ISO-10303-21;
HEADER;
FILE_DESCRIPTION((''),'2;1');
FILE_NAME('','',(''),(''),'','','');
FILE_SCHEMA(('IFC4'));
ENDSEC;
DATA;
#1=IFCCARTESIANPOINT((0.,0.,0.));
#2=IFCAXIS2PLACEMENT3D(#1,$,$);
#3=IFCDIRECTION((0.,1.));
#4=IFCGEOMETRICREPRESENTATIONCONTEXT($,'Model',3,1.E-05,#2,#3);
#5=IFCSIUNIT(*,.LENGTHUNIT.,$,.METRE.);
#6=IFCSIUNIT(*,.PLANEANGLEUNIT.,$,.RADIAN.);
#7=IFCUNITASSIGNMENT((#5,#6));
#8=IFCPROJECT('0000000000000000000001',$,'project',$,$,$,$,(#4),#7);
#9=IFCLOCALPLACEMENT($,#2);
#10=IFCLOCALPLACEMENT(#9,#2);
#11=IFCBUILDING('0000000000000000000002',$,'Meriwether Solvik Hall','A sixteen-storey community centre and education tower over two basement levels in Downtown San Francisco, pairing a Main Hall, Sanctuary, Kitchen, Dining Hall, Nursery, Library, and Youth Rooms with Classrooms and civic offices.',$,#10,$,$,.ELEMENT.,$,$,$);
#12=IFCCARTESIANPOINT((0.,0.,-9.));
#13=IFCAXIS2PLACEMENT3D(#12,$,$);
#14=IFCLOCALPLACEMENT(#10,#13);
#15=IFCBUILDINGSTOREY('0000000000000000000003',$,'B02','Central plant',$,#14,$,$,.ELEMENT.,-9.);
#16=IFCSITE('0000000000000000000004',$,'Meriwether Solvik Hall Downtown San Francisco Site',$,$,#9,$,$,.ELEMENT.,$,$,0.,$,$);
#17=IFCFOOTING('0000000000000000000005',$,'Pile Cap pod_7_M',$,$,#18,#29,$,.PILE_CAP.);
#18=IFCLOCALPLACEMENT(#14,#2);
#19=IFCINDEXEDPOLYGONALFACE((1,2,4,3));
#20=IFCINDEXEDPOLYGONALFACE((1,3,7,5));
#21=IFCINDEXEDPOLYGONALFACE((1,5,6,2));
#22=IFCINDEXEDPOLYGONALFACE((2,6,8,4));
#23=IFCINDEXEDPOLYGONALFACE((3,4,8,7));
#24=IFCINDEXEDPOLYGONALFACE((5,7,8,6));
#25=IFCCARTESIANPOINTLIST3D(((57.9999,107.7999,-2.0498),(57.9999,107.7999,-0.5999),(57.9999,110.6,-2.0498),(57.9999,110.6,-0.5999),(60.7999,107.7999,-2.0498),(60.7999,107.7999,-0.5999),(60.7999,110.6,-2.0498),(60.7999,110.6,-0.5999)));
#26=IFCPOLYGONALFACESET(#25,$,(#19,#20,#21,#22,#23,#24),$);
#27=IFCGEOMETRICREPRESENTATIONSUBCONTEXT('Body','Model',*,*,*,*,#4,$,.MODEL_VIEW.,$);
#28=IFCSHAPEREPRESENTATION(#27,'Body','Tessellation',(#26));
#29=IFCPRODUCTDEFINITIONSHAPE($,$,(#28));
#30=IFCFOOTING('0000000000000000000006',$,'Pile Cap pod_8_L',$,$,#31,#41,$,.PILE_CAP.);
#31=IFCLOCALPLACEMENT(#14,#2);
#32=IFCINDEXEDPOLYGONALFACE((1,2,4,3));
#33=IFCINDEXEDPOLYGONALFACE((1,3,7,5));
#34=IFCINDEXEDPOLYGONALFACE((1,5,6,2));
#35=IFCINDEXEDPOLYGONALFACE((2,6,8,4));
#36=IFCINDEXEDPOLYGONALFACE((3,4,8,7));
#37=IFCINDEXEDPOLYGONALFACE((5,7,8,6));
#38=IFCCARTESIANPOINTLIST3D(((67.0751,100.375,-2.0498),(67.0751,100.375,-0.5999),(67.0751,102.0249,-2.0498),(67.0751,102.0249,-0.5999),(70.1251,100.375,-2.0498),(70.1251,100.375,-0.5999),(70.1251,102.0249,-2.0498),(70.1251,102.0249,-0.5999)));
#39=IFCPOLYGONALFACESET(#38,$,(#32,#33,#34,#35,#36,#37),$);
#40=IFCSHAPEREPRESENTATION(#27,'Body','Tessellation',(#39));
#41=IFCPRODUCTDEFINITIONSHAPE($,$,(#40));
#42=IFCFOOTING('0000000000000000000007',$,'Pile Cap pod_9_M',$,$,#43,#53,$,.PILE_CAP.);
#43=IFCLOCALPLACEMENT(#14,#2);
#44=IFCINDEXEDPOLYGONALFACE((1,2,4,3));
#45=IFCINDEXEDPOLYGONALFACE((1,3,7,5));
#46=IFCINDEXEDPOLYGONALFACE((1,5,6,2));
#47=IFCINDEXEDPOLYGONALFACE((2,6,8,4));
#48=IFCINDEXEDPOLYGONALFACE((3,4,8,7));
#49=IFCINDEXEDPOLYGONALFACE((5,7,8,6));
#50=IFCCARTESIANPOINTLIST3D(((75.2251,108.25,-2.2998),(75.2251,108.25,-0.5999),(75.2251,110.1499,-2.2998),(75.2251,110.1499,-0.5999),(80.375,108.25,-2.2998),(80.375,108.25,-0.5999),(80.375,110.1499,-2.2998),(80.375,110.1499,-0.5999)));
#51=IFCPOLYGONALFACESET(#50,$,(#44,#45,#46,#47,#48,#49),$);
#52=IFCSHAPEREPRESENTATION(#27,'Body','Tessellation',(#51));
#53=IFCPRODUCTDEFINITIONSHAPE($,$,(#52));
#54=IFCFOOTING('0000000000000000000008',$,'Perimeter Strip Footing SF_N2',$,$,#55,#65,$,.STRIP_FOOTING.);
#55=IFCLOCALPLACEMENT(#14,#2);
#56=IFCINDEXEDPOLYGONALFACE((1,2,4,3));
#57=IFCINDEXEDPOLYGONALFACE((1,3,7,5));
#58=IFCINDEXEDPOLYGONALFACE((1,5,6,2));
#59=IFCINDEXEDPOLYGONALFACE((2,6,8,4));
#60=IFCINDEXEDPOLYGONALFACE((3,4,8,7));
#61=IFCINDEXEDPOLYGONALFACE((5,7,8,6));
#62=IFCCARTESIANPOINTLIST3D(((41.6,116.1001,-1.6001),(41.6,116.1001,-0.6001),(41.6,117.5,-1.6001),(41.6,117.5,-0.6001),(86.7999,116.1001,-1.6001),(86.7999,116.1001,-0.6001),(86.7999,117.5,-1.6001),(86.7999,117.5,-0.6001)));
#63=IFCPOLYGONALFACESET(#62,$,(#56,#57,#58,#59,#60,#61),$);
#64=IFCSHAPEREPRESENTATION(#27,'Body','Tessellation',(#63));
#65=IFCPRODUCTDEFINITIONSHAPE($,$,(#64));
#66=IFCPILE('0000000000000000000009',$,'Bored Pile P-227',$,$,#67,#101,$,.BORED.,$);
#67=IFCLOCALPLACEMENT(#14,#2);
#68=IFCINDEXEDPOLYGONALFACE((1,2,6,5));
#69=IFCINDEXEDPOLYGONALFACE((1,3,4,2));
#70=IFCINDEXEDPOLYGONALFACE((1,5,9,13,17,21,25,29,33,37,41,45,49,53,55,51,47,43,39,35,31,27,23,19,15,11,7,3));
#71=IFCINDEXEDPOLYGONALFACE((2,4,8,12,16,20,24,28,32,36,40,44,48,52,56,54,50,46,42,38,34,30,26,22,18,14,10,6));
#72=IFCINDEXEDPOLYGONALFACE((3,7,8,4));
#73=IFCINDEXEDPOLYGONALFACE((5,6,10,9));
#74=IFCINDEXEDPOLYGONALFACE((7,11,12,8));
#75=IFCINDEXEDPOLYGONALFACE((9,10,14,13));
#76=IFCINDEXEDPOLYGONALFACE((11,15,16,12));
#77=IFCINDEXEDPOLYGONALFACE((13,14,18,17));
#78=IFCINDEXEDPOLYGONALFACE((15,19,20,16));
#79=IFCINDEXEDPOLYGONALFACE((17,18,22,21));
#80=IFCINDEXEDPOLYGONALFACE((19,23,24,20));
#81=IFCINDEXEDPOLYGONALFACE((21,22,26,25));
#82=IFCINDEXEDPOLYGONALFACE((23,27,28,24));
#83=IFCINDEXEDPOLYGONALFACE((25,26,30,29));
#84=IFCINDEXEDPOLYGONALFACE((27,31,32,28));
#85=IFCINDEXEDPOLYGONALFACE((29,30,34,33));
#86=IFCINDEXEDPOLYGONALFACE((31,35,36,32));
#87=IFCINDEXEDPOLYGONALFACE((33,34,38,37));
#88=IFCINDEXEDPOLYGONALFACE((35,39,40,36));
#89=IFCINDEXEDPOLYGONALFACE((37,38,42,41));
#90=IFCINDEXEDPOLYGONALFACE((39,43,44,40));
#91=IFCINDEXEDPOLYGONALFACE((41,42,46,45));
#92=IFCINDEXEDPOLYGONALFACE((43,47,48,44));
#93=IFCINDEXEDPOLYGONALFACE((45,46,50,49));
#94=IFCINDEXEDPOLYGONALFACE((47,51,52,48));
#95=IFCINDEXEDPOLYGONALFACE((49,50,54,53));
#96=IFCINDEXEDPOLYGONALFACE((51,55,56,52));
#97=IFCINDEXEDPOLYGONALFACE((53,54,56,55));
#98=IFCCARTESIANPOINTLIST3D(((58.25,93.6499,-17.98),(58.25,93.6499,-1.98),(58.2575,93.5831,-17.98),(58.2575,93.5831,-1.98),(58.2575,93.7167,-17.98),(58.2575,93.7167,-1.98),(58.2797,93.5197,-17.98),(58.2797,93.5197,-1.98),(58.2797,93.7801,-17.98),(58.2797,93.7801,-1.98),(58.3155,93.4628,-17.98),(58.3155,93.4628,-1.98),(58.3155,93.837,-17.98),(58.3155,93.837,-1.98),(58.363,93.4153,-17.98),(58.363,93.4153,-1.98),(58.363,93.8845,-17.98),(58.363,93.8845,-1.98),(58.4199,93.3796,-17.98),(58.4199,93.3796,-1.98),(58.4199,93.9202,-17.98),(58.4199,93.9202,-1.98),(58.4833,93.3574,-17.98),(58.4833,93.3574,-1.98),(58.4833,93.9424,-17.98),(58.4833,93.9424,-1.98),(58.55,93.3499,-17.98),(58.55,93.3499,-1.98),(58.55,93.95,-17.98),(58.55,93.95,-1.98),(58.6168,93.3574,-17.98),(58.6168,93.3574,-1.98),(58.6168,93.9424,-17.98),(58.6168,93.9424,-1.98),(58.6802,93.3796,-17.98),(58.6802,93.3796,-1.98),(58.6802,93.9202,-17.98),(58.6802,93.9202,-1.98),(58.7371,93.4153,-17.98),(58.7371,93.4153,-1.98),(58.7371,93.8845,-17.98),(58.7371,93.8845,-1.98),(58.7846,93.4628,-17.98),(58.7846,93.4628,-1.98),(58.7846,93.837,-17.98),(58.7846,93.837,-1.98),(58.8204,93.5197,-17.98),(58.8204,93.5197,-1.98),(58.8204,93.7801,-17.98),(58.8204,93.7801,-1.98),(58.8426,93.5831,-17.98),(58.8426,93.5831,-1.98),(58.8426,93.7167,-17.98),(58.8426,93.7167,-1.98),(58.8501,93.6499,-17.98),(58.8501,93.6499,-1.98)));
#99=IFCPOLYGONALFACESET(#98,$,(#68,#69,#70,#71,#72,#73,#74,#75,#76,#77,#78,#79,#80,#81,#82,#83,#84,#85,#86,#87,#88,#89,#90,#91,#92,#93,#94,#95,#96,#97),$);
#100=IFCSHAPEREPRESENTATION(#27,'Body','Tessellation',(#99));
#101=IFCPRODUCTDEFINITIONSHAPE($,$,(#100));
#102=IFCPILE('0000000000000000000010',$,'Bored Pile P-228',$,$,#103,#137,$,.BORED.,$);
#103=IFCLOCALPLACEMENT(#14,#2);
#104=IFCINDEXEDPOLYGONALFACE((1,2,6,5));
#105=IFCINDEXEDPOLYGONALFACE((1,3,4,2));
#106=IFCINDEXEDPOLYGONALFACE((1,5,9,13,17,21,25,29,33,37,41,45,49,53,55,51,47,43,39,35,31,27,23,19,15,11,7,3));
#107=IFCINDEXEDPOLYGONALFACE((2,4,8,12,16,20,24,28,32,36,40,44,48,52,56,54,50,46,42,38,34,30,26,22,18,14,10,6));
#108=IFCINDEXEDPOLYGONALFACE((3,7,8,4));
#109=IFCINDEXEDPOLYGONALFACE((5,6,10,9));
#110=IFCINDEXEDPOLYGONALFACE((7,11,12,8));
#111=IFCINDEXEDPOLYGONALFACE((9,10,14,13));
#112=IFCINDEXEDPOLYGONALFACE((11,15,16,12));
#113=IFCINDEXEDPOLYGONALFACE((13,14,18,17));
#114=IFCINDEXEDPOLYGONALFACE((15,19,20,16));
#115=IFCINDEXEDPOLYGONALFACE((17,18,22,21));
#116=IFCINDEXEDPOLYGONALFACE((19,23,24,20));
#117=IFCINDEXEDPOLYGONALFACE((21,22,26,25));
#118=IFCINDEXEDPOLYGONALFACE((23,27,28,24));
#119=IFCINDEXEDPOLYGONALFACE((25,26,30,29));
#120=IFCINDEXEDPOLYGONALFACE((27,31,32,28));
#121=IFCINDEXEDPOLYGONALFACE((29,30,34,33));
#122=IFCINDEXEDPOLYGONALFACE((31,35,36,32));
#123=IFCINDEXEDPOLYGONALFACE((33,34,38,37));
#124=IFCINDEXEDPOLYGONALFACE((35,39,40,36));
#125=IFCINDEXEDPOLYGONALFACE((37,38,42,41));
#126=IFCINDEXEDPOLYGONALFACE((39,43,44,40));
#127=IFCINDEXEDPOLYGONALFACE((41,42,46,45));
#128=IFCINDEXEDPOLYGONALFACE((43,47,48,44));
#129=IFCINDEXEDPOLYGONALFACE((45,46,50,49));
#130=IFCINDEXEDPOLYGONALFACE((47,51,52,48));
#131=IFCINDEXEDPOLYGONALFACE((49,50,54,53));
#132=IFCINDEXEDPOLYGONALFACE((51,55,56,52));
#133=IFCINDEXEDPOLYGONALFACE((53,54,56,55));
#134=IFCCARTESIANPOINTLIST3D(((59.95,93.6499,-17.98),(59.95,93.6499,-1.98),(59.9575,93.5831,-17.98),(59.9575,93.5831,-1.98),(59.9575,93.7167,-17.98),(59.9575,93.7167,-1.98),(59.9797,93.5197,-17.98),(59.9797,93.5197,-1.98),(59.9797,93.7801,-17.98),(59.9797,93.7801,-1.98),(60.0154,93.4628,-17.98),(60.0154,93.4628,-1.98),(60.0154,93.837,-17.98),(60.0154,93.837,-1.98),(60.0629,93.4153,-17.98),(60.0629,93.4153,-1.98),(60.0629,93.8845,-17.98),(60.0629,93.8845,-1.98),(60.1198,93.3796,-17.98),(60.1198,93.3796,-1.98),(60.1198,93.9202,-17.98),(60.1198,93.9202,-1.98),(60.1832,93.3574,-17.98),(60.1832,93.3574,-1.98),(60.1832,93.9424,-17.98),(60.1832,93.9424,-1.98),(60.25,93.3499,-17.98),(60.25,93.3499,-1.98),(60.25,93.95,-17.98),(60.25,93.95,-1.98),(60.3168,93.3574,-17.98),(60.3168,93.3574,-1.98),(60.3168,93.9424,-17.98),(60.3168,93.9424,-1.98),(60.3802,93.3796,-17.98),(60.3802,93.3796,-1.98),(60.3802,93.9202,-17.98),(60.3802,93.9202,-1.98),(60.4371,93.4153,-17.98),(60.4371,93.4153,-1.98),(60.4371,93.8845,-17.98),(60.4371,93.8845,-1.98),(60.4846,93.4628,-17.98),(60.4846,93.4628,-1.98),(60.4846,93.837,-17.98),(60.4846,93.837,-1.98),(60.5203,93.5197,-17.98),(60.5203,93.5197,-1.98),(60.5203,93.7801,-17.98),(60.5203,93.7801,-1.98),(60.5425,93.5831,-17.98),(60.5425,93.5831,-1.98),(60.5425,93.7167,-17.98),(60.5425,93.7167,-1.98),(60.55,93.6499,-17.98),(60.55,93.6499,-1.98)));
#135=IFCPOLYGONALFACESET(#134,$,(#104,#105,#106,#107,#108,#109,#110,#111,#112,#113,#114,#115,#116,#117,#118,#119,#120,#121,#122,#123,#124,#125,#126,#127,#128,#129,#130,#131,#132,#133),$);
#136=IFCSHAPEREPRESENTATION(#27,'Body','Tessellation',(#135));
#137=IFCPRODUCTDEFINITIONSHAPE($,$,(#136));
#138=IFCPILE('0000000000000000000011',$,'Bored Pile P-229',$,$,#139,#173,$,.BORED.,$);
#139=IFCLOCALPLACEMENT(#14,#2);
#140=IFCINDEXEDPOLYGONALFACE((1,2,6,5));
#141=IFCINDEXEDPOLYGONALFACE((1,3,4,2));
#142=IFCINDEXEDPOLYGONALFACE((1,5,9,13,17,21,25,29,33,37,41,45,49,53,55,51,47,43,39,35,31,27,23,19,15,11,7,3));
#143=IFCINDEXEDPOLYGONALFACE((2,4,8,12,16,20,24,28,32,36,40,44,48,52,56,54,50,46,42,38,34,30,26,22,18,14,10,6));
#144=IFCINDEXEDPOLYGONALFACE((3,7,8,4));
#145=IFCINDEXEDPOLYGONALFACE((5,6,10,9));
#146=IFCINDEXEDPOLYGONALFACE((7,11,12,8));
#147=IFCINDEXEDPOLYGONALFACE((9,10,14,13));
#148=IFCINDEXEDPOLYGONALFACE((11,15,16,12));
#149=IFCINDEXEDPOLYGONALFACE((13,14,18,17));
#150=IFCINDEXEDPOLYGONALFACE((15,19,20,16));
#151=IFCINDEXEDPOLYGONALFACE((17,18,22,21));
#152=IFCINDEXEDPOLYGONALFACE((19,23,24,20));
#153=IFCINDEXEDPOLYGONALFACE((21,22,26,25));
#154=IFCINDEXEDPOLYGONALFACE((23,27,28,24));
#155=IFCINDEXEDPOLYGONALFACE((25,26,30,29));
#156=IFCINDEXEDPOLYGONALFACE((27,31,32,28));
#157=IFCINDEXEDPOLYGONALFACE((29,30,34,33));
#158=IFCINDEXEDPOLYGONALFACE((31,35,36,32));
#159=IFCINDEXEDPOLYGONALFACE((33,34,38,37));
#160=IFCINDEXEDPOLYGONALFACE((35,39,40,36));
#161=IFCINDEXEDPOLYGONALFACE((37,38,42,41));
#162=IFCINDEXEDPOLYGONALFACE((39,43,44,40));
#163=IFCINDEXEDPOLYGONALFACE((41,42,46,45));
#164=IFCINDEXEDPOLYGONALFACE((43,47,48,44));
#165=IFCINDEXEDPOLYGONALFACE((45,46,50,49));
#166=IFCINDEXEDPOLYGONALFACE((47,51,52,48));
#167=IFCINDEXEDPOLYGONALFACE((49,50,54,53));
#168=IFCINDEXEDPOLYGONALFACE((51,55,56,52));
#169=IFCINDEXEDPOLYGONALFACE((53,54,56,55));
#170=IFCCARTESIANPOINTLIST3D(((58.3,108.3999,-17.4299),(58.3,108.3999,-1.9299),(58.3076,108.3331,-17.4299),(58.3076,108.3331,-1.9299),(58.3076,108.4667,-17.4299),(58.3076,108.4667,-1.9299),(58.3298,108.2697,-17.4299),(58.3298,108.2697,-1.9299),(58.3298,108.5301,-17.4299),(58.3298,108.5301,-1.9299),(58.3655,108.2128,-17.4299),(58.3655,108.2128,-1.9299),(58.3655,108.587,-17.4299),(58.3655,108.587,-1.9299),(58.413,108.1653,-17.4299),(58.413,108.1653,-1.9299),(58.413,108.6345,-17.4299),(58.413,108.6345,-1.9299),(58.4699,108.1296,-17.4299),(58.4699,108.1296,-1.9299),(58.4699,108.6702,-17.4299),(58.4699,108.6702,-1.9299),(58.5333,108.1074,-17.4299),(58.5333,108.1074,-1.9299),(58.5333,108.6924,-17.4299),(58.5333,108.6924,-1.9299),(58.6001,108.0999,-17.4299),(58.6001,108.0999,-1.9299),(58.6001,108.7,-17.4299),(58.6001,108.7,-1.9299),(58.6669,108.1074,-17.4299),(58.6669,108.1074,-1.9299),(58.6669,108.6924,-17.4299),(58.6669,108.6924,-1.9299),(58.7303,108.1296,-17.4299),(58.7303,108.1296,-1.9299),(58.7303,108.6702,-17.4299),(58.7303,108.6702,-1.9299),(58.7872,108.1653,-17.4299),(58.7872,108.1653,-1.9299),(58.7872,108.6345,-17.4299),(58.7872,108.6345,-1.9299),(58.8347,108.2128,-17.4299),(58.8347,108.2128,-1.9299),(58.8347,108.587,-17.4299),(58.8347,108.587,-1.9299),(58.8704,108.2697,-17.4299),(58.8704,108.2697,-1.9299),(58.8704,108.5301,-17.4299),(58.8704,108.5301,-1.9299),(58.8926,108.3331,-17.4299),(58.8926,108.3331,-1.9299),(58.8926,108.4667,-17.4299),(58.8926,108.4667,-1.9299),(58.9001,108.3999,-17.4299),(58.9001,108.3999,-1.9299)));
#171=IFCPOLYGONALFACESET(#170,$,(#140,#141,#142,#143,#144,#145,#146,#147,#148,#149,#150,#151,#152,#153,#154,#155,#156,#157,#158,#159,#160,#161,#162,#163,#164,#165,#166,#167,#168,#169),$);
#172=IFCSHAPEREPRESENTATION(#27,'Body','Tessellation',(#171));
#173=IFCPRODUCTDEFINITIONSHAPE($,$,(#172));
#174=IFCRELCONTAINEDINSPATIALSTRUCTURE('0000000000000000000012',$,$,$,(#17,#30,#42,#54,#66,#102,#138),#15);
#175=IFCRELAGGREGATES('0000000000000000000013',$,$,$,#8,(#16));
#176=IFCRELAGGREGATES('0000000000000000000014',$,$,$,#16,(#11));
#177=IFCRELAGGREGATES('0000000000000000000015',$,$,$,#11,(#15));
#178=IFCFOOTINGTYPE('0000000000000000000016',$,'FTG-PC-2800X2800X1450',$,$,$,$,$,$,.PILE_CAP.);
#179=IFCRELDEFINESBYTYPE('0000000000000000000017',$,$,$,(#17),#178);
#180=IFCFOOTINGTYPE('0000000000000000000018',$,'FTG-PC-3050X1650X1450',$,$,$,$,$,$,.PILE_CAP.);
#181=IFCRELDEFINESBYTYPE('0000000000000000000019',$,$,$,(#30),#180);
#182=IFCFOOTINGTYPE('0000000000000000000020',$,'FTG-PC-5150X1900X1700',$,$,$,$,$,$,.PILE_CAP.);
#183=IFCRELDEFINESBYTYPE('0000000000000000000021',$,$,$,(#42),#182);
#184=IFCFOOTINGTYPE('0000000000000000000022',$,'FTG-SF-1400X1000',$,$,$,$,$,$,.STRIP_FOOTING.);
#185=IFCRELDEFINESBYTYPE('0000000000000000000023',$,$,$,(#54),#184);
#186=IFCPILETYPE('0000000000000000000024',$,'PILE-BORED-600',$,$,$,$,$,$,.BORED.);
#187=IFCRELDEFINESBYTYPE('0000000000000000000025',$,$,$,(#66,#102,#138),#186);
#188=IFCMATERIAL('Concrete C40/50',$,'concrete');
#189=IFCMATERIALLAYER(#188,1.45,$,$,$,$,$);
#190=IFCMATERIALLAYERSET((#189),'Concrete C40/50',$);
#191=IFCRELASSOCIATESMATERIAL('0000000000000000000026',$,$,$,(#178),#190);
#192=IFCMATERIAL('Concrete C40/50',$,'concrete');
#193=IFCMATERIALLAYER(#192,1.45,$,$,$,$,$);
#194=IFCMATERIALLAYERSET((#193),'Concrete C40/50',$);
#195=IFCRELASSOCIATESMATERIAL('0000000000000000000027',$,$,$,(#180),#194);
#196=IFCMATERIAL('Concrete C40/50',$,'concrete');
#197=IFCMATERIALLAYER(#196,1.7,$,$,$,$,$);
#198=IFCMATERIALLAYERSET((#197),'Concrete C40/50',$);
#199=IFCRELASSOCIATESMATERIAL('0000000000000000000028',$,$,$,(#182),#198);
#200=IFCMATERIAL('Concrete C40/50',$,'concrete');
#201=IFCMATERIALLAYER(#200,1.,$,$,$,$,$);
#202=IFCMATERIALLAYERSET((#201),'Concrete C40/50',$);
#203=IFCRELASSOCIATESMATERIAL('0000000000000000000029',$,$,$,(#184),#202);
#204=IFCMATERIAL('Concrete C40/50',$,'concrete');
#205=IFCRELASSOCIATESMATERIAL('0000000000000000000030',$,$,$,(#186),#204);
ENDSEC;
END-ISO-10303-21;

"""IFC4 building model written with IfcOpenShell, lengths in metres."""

from ifc_helpers import new_model, si_unit, direction, frame, origin, origin_2d, place, context, subcontext, project, spatial, rectangle, circle, extrude, material, layer, layer_set, material_profile, profile_set, type_object, element, save


model = new_model("IFC4")

# Units and contexts
model_context = context("Model", 3, precision=1e-05, world=origin(), true_north=direction((0.0, 1.0)))
body_context = subcontext(model_context, "Body", "Model", "MODEL_VIEW")
ifc_project = project(units=[si_unit("LENGTHUNIT", "METRE"), si_unit("PLANEANGLEUNIT", "RADIAN")], contexts=[model_context])

# Site, building, storey
site_placement = place(None, origin())
site = spatial("IfcSite", under=ifc_project, at=site_placement, Name="Meriwether Solvik Hall Downtown San Francisco Site", CompositionType="ELEMENT", RefElevation=0.0)
building_placement = place(site_placement, origin())
building = spatial("IfcBuilding", under=site, at=building_placement, Name="Meriwether Solvik Hall", Description="A sixteen-storey community centre and education tower over two basement levels in Downtown San Francisco, pairing a Main Hall, Sanctuary, Kitchen, Dining Hall, Nursery, Library, and Youth Rooms with Classrooms and civic offices.", CompositionType="ELEMENT")
storey_placement = place(building_placement, frame((0.0, 0.0, -9.0)))
storey = spatial("IfcBuildingStorey", under=building, at=storey_placement, Name="B02", Description="Central plant", CompositionType="ELEMENT", Elevation=-9.0)

# Footings
ifc_material_1 = material(Name="Concrete C40/50", Category="concrete")
ifc_layer_1 = layer(ifc_material_1, 1.45)
ifc_layer_set_1 = layer_set([ifc_layer_1], Name="Concrete C40/50")
footing_type_1 = type_object("IfcFootingType", Name="FTG-PC-2800X2800X1450", PredefinedType="PILE_CAP", material=ifc_layer_set_1)
footing_1_placement = place(storey_placement, frame((59.3999, 109.2, -2.0498), z_axis=(0.0, 0.0, 1.0), x_axis=(1.0, 0.0, 0.0)))
element("IfcFooting", 1, at=footing_1_placement, inside=storey, type_object=footing_type_1, Name="Pile Cap pod_7_M", PredefinedType="PILE_CAP", context=body_context, shape_type="SweptSolid", body=[
    extrude(rectangle(XDim=2.8, YDim=2.8, at=origin_2d()), origin(), (0.0, 0.0, 1.0), 1.45),
])
ifc_material_2 = material(Name="Concrete C40/50", Category="concrete")
ifc_layer_2 = layer(ifc_material_2, 1.45)
ifc_layer_set_2 = layer_set([ifc_layer_2], Name="Concrete C40/50")
footing_type_2 = type_object("IfcFootingType", Name="FTG-PC-3050X1650X1450", PredefinedType="PILE_CAP", material=ifc_layer_set_2)
footing_2_placement = place(storey_placement, frame((68.6001, 101.2, -2.0498), z_axis=(0.0, 0.0, 1.0), x_axis=(1.0, 0.0, 0.0)))
element("IfcFooting", 2, at=footing_2_placement, inside=storey, type_object=footing_type_2, Name="Pile Cap pod_8_L", PredefinedType="PILE_CAP", context=body_context, shape_type="SweptSolid", body=[
    extrude(rectangle(XDim=3.05, YDim=1.6499, at=origin_2d()), origin(), (0.0, 0.0, 1.0), 1.45),
])
ifc_material_3 = material(Name="Concrete C40/50", Category="concrete")
ifc_layer_3 = layer(ifc_material_3, 1.7)
ifc_layer_set_3 = layer_set([ifc_layer_3], Name="Concrete C40/50")
footing_type_3 = type_object("IfcFootingType", Name="FTG-PC-5150X1900X1700", PredefinedType="PILE_CAP", material=ifc_layer_set_3)
footing_3_placement = place(storey_placement, frame((77.8, 109.2, -2.2998), z_axis=(0.0, 0.0, 1.0), x_axis=(1.0, 0.0, 0.0)))
element("IfcFooting", 3, at=footing_3_placement, inside=storey, type_object=footing_type_3, Name="Pile Cap pod_9_M", PredefinedType="PILE_CAP", context=body_context, shape_type="SweptSolid", body=[
    extrude(rectangle(XDim=5.1499, YDim=1.8999, at=origin_2d()), origin(), (0.0, 0.0, 1.0), 1.7),
])
ifc_material_4 = material(Name="Concrete C40/50", Category="concrete")
ifc_layer_4 = layer(ifc_material_4, 1.0)
ifc_layer_set_4 = layer_set([ifc_layer_4], Name="Concrete C40/50")
footing_type_4 = type_object("IfcFootingType", Name="FTG-SF-1400X1000", PredefinedType="STRIP_FOOTING", material=ifc_layer_set_4)
footing_4_placement = place(storey_placement, frame((64.2, 116.8, -1.6001), z_axis=(0.0, 0.0, 1.0), x_axis=(1.0, 0.0, 0.0)))
element("IfcFooting", 4, at=footing_4_placement, inside=storey, type_object=footing_type_4, Name="Perimeter Strip Footing SF_N2", PredefinedType="STRIP_FOOTING", context=body_context, shape_type="SweptSolid", body=[
    extrude(rectangle(XDim=45.2, YDim=1.3999, at=origin_2d()), origin(), (0.0, 0.0, 1.0), 1.0),
])

# Piles
ifc_material_5 = material(Name="Concrete C40/50", Category="concrete")
ifc_material_profile_1 = material_profile(ifc_material_5, circle(Radius=0.3, at=origin_2d()), Name="PILE-D600")
ifc_profile_set_1 = profile_set([ifc_material_profile_1], Name="Concrete C40/50")
pile_type_1 = type_object("IfcPileType", Name="PILE-BORED-600", PredefinedType="BORED", material=ifc_profile_set_1)
for number, where, z_axis, x_axis, name in (
    (5, (58.55, 93.6499, -1.98), (0.0, 0.0, -1.0), (1.0, 0.0, 0.0), "Bored Pile P-227"),
    (6, (60.25, 93.6499, -1.98), (0.0, 0.0, -1.0), (1.0, 0.0, 0.0), "Bored Pile P-228"),
):
    element("IfcPile", number, at=place(storey_placement, frame(where, z_axis=z_axis, x_axis=x_axis)), inside=storey, type_object=pile_type_1, Name=name, PredefinedType="BORED", context=body_context, shape_type="SweptSolid", body=[
        extrude(circle(Radius=0.3, at=origin_2d()), origin(), (0.0, 0.0, 1.0), 16.0),
    ])
for number, where, z_axis, x_axis, name in (
    (7, (58.6001, 108.3999, -1.9299), (0.0, 0.0, -1.0), (1.0, 0.0, 0.0), "Bored Pile P-229"),
):
    element("IfcPile", number, at=place(storey_placement, frame(where, z_axis=z_axis, x_axis=x_axis)), inside=storey, type_object=pile_type_1, Name=name, PredefinedType="BORED", context=body_context, shape_type="SweptSolid", body=[
        extrude(circle(Radius=0.3, at=origin_2d()), origin(), (0.0, 0.0, 1.0), 15.5),
    ])

save(model, "model.ifc")
